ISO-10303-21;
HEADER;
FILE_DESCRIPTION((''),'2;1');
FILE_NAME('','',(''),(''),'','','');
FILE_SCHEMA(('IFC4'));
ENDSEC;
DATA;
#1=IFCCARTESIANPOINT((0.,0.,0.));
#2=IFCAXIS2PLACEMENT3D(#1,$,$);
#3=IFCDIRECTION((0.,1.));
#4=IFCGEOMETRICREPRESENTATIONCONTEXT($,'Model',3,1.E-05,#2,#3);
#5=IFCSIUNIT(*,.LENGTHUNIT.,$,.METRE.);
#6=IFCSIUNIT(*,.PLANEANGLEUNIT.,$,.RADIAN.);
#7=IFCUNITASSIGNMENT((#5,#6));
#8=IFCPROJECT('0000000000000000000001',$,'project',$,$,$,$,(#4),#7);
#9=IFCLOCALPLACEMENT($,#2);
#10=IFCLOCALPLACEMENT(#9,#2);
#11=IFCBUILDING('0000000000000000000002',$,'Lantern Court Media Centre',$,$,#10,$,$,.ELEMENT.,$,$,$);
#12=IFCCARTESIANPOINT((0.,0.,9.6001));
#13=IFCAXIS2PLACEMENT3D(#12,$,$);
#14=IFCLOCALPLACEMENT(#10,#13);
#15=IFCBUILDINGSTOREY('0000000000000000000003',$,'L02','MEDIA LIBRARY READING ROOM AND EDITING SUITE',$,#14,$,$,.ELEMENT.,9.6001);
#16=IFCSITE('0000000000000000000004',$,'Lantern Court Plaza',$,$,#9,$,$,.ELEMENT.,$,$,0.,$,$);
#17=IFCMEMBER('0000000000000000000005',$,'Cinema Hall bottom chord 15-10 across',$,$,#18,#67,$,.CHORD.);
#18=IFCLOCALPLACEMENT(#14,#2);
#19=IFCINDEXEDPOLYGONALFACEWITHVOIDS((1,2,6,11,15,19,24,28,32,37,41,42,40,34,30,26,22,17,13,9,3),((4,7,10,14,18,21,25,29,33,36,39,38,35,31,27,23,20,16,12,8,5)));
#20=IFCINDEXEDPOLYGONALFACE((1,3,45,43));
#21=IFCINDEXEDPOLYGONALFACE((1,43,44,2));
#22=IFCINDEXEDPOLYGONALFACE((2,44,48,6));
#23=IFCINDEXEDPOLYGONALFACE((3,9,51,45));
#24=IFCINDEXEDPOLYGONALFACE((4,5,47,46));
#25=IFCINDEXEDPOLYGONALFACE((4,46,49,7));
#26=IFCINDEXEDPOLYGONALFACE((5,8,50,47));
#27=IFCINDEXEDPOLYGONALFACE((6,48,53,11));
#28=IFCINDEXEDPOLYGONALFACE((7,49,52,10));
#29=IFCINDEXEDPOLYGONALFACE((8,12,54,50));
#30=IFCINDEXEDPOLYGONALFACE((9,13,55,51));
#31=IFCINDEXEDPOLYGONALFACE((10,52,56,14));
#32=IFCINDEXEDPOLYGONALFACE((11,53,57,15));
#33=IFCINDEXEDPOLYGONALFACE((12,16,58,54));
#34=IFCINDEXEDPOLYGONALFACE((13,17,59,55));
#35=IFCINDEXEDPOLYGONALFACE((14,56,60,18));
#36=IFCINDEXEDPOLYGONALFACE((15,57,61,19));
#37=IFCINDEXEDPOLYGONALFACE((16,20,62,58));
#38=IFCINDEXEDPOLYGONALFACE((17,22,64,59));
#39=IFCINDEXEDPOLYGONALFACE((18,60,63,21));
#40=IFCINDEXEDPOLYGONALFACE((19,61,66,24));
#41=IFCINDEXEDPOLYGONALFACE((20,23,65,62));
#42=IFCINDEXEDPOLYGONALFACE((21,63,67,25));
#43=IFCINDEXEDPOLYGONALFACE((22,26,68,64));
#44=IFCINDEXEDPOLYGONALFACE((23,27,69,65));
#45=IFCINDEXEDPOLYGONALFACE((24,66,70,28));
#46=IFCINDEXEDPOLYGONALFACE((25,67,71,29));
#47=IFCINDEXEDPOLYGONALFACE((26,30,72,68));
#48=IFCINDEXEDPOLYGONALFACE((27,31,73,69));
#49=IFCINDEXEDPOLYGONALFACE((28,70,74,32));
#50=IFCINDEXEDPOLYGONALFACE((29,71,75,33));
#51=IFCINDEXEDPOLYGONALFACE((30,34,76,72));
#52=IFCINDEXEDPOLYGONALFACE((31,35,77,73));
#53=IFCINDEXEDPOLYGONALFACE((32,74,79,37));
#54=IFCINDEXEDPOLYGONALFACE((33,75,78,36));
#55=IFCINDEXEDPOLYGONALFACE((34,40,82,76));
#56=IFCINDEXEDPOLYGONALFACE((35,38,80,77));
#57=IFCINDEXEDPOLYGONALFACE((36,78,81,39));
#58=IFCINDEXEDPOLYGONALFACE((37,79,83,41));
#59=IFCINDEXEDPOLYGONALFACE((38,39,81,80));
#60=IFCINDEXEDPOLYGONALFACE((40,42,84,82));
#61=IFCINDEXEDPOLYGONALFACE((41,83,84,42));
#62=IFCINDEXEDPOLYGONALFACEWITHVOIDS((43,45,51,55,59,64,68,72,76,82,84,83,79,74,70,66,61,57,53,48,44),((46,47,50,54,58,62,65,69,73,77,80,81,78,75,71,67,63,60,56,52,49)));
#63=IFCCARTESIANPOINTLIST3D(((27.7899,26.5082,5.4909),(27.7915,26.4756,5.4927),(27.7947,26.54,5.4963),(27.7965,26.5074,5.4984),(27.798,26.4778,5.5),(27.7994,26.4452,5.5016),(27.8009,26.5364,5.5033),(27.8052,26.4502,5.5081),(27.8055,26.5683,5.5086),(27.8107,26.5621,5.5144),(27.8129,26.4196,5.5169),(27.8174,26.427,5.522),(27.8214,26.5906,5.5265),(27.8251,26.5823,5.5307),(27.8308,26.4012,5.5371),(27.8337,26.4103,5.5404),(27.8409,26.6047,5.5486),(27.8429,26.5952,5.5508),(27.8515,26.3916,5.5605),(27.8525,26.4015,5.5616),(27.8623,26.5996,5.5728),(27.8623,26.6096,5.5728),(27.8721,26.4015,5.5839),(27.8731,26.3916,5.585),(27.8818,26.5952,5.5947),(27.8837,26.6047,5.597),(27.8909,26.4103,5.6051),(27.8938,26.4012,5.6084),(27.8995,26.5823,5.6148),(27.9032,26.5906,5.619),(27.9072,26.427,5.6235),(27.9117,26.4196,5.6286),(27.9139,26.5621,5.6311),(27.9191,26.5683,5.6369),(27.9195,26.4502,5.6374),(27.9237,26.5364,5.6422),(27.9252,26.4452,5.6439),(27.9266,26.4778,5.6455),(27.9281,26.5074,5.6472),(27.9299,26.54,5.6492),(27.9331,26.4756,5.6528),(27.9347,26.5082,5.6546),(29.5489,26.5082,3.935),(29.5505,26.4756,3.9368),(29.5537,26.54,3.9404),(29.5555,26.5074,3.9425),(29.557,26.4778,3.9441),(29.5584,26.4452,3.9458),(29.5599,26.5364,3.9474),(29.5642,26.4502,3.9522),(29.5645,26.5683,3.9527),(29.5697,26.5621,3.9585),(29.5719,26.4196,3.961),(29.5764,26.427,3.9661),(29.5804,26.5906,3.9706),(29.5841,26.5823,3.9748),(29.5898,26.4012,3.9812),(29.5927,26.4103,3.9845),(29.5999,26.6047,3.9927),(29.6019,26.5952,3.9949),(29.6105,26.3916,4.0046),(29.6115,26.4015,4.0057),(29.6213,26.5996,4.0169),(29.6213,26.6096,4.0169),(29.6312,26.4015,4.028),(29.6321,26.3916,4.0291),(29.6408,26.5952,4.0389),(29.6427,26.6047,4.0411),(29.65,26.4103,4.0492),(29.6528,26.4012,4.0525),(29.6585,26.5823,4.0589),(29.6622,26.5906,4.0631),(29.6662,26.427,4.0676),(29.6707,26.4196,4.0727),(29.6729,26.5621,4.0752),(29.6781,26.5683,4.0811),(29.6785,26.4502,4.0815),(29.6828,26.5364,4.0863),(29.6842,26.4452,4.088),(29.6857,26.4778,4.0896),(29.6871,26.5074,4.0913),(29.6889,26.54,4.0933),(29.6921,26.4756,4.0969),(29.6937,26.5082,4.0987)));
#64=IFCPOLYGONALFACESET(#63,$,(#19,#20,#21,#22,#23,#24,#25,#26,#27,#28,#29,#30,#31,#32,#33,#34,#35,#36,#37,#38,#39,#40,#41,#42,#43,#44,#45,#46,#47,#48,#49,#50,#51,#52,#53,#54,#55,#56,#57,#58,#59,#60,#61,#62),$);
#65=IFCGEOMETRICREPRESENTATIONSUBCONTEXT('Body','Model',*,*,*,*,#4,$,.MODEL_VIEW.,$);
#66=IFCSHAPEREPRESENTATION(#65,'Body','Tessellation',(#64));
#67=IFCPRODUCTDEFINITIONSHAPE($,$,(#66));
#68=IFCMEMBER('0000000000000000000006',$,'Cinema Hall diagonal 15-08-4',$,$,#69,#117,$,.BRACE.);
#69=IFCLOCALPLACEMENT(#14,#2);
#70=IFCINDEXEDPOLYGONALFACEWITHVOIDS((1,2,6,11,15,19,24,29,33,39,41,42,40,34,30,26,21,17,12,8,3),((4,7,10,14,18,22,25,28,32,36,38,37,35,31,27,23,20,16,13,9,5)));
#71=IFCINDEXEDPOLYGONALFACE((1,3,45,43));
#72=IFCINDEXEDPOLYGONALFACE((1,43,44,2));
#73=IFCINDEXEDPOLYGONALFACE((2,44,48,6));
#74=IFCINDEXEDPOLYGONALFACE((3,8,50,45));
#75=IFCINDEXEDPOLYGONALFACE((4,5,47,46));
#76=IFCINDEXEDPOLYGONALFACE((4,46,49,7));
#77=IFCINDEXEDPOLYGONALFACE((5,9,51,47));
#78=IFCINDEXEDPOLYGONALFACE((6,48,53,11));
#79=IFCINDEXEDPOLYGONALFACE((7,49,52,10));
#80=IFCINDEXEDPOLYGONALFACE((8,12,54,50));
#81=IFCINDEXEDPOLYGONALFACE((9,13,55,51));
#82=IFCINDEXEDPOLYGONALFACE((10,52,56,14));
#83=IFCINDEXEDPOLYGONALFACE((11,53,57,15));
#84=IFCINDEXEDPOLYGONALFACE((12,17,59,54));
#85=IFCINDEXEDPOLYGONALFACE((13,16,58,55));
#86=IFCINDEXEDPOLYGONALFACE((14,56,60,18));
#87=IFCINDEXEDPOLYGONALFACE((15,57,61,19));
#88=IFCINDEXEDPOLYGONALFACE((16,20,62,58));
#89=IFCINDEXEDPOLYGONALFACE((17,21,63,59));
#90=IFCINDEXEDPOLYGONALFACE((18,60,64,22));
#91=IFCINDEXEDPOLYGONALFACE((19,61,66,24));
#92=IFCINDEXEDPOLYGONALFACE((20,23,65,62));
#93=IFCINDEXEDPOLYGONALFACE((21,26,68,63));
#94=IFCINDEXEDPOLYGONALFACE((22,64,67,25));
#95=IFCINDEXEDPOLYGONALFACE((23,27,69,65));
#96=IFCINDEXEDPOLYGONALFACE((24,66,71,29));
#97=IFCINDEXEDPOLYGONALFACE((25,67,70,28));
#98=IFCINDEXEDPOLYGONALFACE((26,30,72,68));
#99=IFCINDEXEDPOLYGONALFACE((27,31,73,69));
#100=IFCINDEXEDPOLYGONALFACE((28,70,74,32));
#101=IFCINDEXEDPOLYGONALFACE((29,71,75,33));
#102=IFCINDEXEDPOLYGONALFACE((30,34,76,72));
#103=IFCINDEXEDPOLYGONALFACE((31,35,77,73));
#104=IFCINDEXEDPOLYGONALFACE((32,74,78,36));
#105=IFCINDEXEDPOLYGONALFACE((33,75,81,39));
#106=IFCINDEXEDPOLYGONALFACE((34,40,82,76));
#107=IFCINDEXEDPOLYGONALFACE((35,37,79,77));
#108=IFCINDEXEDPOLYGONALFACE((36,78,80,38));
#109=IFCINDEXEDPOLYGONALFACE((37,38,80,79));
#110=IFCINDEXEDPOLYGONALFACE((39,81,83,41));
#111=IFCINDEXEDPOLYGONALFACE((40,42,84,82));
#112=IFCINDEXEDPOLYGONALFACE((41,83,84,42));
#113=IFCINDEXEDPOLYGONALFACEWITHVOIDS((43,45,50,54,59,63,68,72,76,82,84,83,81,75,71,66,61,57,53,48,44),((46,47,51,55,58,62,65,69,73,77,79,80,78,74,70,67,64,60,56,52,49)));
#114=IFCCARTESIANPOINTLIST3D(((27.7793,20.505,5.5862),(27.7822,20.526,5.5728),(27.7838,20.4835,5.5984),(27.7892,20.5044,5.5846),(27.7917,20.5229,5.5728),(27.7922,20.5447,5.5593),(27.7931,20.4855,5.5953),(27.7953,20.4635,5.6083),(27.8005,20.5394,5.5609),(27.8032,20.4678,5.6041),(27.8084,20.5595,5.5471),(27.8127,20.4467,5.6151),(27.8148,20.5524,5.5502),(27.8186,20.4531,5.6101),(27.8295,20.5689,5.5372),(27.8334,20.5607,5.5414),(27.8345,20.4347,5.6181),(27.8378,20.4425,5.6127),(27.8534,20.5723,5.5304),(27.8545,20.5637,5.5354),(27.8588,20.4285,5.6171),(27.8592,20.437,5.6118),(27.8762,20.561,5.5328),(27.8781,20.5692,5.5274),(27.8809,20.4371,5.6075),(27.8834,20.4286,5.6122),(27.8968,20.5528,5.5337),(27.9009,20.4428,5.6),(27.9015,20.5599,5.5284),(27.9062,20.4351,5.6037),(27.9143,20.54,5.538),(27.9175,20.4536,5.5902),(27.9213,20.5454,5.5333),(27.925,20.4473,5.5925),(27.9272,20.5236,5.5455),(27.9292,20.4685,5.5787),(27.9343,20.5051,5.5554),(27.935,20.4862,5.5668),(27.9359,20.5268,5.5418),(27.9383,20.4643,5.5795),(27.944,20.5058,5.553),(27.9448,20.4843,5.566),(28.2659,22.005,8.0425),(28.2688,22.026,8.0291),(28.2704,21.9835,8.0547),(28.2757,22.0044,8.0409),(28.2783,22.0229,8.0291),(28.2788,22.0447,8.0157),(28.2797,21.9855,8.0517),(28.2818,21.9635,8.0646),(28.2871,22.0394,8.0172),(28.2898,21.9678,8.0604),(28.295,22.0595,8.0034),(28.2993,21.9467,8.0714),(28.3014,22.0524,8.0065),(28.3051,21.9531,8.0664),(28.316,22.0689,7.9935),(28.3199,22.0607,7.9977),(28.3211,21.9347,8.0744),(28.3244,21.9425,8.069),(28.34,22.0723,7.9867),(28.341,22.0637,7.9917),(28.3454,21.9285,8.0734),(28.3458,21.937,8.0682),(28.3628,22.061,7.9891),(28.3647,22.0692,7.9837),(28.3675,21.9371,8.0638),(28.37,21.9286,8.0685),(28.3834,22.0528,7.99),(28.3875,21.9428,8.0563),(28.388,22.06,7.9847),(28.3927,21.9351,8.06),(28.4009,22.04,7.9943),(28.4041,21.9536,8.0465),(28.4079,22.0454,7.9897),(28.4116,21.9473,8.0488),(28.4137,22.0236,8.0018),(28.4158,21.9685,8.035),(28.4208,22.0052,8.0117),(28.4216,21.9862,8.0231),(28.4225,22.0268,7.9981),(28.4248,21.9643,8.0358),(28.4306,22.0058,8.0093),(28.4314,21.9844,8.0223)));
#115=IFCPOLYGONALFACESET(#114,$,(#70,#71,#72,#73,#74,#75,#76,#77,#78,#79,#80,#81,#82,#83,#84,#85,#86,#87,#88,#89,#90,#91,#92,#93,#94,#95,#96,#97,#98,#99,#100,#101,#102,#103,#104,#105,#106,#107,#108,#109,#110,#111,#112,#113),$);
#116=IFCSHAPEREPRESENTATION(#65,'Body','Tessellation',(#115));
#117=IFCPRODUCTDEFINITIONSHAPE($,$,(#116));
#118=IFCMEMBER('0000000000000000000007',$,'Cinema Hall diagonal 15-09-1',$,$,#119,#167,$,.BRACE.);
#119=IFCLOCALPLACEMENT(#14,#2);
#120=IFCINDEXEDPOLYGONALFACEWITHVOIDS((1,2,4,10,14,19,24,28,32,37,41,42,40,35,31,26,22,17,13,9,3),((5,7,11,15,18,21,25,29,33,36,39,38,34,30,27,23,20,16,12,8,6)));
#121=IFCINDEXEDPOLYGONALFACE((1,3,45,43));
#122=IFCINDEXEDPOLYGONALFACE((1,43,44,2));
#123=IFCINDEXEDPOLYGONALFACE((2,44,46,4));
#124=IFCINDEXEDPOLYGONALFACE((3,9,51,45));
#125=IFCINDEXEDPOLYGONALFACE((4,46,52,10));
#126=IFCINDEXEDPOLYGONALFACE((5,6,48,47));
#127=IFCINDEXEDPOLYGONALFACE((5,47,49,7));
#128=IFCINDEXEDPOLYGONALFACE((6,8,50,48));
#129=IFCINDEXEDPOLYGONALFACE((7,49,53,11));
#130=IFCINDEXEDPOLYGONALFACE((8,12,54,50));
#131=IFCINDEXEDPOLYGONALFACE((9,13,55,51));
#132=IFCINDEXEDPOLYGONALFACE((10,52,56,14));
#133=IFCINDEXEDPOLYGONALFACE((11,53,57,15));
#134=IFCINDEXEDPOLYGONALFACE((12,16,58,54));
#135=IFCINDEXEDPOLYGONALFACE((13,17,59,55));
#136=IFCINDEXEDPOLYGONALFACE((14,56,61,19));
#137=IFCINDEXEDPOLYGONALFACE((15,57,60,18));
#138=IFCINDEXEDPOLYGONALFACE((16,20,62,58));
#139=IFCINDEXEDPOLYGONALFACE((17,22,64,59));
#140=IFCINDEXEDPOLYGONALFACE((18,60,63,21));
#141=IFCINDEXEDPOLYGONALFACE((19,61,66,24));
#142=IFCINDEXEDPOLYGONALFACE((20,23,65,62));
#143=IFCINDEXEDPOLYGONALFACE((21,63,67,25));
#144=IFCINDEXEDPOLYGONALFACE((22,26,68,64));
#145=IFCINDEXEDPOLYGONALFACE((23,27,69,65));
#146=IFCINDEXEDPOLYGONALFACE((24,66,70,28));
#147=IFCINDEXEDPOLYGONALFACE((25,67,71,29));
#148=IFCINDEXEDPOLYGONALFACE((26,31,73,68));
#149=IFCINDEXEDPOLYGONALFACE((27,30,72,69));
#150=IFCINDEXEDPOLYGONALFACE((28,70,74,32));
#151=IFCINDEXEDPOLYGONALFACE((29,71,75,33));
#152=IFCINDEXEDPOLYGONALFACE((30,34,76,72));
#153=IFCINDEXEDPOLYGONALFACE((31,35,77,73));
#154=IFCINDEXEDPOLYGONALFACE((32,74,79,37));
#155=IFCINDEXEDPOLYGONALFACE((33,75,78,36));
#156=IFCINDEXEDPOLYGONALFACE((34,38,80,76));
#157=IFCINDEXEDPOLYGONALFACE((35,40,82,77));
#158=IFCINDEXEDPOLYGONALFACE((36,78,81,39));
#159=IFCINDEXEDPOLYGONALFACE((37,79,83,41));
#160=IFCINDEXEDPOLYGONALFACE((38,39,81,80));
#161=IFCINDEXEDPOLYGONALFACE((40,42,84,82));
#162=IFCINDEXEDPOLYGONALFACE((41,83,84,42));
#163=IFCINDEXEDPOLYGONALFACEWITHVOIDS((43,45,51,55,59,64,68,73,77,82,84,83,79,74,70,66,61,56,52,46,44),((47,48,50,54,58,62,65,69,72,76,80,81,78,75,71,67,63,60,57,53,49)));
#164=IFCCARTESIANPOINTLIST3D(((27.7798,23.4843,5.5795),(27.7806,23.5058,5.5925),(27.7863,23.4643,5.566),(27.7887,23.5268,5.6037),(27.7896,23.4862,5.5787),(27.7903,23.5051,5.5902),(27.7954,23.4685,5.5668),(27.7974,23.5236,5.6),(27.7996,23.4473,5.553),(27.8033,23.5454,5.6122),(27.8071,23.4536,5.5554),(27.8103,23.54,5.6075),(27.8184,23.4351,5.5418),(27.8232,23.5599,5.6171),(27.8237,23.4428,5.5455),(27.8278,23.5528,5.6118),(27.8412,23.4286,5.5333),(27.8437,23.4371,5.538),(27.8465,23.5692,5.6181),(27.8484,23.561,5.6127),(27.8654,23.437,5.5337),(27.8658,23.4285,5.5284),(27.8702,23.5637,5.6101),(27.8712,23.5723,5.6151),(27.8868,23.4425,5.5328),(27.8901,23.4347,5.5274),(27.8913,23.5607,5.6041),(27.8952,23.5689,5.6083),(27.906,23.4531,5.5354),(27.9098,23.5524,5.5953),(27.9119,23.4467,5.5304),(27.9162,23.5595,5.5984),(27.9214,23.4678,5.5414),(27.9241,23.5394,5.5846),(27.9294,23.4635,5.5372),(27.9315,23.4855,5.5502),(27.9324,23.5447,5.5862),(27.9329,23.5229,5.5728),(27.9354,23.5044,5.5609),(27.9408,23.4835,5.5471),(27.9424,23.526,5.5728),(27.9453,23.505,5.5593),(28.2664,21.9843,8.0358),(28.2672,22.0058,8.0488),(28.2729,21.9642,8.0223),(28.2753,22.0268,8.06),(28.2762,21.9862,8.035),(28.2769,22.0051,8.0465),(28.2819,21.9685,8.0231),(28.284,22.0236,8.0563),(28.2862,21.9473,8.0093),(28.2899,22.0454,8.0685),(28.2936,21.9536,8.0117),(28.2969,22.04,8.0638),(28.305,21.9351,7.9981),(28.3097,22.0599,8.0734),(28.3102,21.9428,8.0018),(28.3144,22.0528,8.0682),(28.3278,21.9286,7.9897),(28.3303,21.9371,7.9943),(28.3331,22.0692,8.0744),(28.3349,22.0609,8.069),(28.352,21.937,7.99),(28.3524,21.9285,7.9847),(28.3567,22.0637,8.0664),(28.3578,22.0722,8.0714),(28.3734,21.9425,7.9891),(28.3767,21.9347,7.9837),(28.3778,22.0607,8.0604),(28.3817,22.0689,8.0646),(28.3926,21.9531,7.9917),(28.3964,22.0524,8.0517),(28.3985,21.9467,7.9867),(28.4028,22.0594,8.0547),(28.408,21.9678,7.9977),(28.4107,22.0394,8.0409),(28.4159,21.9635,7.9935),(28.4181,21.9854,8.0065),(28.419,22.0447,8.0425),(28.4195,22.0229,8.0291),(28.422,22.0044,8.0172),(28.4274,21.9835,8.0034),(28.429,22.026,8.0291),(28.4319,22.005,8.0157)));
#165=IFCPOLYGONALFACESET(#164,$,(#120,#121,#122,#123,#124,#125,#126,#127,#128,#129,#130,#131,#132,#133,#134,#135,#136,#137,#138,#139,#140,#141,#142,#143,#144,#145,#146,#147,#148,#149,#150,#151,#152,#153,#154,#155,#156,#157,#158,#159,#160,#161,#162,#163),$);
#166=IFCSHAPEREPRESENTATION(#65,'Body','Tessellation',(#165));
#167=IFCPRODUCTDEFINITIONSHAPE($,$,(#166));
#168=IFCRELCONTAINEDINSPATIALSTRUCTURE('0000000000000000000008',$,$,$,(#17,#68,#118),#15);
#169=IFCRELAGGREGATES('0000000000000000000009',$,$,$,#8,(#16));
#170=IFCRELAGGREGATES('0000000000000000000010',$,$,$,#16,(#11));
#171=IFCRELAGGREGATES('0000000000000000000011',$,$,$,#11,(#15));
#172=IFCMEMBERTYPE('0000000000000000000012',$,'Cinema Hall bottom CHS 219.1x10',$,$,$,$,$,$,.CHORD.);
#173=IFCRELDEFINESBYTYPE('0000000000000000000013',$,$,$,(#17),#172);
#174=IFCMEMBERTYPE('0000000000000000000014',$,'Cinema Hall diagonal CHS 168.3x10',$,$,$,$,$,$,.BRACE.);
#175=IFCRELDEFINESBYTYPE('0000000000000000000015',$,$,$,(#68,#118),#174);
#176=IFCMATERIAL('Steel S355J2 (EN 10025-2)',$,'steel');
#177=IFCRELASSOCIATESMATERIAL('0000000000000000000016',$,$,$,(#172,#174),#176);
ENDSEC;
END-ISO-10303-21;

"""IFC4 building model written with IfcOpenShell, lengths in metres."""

from ifc_helpers import new_model, si_unit, direction, frame, origin, origin_2d, place, context, subcontext, project, spatial, hollow_circle, extrude, material, material_profile, profile_set, type_object, element, save


model = new_model("IFC4")

# Units and contexts
model_context = context("Model", 3, precision=1e-05, world=origin(), true_north=direction((0.0, 1.0)))
body_context = subcontext(model_context, "Body", "Model", "MODEL_VIEW")
ifc_project = project(units=[si_unit("LENGTHUNIT", "METRE"), si_unit("PLANEANGLEUNIT", "RADIAN")], contexts=[model_context])

# Site, building, storey
site_placement = place(None, origin())
site = spatial("IfcSite", under=ifc_project, at=site_placement, Name="Lantern Court Plaza", CompositionType="ELEMENT", RefElevation=0.0)
building_placement = place(site_placement, origin())
building = spatial("IfcBuilding", under=site, at=building_placement, Name="Lantern Court Media Centre", CompositionType="ELEMENT")
storey_placement = place(building_placement, frame((0.0, 0.0, 9.6001)))
storey = spatial("IfcBuildingStorey", under=building, at=storey_placement, Name="L02", Description="MEDIA LIBRARY READING ROOM AND EDITING SUITE", CompositionType="ELEMENT", Elevation=9.6001)

# Members
ifc_material = material(Name="Steel S355J2 (EN 10025-2)", Category="steel")
ifc_material_profile_1 = material_profile(ifc_material, hollow_circle(Radius=0.1096, WallThickness=0.01, at=origin_2d()), Name="Cinema Hall bottom CHS 219.1x10")
ifc_profile_set_1 = profile_set([ifc_material_profile_1], Name="Steel S355J2 (EN 10025-2)")
member_type_1 = type_object("IfcMemberType", Name="Cinema Hall bottom CHS 219.1x10", PredefinedType="CHORD", material=ifc_profile_set_1)
for number, where, z_axis, x_axis, name in (
    (1, (27.8623, 26.5, 5.5728), (0.74903, 0.0, -0.662536), (0.0, 1.0, 0.0), "Cinema Hall bottom chord 15-10 across"),
):
    element("IfcMember", number, at=place(storey_placement, frame(where, z_axis=z_axis, x_axis=x_axis)), inside=storey, type_object=member_type_1, Name=name, PredefinedType="CHORD", context=body_context, shape_type="SweptSolid", body=[
        extrude(hollow_circle(Radius=0.1096, WallThickness=0.01, at=origin_2d()), origin(), (0.0, 0.0, 1.0), 2.3484),
    ])
ifc_material_profile_2 = material_profile(ifc_material, hollow_circle(Radius=0.0842, WallThickness=0.01, at=origin_2d()), Name="Cinema Hall diagonal CHS 168.3x10")
ifc_profile_set_2 = profile_set([ifc_material_profile_2], Name="Steel S355J2 (EN 10025-2)")
member_type_2 = type_object("IfcMemberType", Name="Cinema Hall diagonal CHS 168.3x10", PredefinedType="BRACE", material=ifc_profile_set_2)
for number, where, z_axis, x_axis, name in (
    (2, (27.8623, 20.5, 5.5728), (0.166695, 0.513887, 0.841506), (-0.951207, 0.308554, 0.0), "Cinema Hall diagonal 15-08-4"),
    (3, (27.8623, 23.5, 5.5728), (0.166695, -0.513887, 0.841506), (0.951207, 0.308554, 0.0), "Cinema Hall diagonal 15-09-1"),
):
    element("IfcMember", number, at=place(storey_placement, frame(where, z_axis=z_axis, x_axis=x_axis)), inside=storey, type_object=member_type_2, Name=name, PredefinedType="BRACE", context=body_context, shape_type="SweptSolid", body=[
        extrude(hollow_circle(Radius=0.0842, WallThickness=0.01, at=origin_2d()), origin(), (0.0, 0.0, 1.0), 2.9189),
    ])

save(model, "model.ifc")
